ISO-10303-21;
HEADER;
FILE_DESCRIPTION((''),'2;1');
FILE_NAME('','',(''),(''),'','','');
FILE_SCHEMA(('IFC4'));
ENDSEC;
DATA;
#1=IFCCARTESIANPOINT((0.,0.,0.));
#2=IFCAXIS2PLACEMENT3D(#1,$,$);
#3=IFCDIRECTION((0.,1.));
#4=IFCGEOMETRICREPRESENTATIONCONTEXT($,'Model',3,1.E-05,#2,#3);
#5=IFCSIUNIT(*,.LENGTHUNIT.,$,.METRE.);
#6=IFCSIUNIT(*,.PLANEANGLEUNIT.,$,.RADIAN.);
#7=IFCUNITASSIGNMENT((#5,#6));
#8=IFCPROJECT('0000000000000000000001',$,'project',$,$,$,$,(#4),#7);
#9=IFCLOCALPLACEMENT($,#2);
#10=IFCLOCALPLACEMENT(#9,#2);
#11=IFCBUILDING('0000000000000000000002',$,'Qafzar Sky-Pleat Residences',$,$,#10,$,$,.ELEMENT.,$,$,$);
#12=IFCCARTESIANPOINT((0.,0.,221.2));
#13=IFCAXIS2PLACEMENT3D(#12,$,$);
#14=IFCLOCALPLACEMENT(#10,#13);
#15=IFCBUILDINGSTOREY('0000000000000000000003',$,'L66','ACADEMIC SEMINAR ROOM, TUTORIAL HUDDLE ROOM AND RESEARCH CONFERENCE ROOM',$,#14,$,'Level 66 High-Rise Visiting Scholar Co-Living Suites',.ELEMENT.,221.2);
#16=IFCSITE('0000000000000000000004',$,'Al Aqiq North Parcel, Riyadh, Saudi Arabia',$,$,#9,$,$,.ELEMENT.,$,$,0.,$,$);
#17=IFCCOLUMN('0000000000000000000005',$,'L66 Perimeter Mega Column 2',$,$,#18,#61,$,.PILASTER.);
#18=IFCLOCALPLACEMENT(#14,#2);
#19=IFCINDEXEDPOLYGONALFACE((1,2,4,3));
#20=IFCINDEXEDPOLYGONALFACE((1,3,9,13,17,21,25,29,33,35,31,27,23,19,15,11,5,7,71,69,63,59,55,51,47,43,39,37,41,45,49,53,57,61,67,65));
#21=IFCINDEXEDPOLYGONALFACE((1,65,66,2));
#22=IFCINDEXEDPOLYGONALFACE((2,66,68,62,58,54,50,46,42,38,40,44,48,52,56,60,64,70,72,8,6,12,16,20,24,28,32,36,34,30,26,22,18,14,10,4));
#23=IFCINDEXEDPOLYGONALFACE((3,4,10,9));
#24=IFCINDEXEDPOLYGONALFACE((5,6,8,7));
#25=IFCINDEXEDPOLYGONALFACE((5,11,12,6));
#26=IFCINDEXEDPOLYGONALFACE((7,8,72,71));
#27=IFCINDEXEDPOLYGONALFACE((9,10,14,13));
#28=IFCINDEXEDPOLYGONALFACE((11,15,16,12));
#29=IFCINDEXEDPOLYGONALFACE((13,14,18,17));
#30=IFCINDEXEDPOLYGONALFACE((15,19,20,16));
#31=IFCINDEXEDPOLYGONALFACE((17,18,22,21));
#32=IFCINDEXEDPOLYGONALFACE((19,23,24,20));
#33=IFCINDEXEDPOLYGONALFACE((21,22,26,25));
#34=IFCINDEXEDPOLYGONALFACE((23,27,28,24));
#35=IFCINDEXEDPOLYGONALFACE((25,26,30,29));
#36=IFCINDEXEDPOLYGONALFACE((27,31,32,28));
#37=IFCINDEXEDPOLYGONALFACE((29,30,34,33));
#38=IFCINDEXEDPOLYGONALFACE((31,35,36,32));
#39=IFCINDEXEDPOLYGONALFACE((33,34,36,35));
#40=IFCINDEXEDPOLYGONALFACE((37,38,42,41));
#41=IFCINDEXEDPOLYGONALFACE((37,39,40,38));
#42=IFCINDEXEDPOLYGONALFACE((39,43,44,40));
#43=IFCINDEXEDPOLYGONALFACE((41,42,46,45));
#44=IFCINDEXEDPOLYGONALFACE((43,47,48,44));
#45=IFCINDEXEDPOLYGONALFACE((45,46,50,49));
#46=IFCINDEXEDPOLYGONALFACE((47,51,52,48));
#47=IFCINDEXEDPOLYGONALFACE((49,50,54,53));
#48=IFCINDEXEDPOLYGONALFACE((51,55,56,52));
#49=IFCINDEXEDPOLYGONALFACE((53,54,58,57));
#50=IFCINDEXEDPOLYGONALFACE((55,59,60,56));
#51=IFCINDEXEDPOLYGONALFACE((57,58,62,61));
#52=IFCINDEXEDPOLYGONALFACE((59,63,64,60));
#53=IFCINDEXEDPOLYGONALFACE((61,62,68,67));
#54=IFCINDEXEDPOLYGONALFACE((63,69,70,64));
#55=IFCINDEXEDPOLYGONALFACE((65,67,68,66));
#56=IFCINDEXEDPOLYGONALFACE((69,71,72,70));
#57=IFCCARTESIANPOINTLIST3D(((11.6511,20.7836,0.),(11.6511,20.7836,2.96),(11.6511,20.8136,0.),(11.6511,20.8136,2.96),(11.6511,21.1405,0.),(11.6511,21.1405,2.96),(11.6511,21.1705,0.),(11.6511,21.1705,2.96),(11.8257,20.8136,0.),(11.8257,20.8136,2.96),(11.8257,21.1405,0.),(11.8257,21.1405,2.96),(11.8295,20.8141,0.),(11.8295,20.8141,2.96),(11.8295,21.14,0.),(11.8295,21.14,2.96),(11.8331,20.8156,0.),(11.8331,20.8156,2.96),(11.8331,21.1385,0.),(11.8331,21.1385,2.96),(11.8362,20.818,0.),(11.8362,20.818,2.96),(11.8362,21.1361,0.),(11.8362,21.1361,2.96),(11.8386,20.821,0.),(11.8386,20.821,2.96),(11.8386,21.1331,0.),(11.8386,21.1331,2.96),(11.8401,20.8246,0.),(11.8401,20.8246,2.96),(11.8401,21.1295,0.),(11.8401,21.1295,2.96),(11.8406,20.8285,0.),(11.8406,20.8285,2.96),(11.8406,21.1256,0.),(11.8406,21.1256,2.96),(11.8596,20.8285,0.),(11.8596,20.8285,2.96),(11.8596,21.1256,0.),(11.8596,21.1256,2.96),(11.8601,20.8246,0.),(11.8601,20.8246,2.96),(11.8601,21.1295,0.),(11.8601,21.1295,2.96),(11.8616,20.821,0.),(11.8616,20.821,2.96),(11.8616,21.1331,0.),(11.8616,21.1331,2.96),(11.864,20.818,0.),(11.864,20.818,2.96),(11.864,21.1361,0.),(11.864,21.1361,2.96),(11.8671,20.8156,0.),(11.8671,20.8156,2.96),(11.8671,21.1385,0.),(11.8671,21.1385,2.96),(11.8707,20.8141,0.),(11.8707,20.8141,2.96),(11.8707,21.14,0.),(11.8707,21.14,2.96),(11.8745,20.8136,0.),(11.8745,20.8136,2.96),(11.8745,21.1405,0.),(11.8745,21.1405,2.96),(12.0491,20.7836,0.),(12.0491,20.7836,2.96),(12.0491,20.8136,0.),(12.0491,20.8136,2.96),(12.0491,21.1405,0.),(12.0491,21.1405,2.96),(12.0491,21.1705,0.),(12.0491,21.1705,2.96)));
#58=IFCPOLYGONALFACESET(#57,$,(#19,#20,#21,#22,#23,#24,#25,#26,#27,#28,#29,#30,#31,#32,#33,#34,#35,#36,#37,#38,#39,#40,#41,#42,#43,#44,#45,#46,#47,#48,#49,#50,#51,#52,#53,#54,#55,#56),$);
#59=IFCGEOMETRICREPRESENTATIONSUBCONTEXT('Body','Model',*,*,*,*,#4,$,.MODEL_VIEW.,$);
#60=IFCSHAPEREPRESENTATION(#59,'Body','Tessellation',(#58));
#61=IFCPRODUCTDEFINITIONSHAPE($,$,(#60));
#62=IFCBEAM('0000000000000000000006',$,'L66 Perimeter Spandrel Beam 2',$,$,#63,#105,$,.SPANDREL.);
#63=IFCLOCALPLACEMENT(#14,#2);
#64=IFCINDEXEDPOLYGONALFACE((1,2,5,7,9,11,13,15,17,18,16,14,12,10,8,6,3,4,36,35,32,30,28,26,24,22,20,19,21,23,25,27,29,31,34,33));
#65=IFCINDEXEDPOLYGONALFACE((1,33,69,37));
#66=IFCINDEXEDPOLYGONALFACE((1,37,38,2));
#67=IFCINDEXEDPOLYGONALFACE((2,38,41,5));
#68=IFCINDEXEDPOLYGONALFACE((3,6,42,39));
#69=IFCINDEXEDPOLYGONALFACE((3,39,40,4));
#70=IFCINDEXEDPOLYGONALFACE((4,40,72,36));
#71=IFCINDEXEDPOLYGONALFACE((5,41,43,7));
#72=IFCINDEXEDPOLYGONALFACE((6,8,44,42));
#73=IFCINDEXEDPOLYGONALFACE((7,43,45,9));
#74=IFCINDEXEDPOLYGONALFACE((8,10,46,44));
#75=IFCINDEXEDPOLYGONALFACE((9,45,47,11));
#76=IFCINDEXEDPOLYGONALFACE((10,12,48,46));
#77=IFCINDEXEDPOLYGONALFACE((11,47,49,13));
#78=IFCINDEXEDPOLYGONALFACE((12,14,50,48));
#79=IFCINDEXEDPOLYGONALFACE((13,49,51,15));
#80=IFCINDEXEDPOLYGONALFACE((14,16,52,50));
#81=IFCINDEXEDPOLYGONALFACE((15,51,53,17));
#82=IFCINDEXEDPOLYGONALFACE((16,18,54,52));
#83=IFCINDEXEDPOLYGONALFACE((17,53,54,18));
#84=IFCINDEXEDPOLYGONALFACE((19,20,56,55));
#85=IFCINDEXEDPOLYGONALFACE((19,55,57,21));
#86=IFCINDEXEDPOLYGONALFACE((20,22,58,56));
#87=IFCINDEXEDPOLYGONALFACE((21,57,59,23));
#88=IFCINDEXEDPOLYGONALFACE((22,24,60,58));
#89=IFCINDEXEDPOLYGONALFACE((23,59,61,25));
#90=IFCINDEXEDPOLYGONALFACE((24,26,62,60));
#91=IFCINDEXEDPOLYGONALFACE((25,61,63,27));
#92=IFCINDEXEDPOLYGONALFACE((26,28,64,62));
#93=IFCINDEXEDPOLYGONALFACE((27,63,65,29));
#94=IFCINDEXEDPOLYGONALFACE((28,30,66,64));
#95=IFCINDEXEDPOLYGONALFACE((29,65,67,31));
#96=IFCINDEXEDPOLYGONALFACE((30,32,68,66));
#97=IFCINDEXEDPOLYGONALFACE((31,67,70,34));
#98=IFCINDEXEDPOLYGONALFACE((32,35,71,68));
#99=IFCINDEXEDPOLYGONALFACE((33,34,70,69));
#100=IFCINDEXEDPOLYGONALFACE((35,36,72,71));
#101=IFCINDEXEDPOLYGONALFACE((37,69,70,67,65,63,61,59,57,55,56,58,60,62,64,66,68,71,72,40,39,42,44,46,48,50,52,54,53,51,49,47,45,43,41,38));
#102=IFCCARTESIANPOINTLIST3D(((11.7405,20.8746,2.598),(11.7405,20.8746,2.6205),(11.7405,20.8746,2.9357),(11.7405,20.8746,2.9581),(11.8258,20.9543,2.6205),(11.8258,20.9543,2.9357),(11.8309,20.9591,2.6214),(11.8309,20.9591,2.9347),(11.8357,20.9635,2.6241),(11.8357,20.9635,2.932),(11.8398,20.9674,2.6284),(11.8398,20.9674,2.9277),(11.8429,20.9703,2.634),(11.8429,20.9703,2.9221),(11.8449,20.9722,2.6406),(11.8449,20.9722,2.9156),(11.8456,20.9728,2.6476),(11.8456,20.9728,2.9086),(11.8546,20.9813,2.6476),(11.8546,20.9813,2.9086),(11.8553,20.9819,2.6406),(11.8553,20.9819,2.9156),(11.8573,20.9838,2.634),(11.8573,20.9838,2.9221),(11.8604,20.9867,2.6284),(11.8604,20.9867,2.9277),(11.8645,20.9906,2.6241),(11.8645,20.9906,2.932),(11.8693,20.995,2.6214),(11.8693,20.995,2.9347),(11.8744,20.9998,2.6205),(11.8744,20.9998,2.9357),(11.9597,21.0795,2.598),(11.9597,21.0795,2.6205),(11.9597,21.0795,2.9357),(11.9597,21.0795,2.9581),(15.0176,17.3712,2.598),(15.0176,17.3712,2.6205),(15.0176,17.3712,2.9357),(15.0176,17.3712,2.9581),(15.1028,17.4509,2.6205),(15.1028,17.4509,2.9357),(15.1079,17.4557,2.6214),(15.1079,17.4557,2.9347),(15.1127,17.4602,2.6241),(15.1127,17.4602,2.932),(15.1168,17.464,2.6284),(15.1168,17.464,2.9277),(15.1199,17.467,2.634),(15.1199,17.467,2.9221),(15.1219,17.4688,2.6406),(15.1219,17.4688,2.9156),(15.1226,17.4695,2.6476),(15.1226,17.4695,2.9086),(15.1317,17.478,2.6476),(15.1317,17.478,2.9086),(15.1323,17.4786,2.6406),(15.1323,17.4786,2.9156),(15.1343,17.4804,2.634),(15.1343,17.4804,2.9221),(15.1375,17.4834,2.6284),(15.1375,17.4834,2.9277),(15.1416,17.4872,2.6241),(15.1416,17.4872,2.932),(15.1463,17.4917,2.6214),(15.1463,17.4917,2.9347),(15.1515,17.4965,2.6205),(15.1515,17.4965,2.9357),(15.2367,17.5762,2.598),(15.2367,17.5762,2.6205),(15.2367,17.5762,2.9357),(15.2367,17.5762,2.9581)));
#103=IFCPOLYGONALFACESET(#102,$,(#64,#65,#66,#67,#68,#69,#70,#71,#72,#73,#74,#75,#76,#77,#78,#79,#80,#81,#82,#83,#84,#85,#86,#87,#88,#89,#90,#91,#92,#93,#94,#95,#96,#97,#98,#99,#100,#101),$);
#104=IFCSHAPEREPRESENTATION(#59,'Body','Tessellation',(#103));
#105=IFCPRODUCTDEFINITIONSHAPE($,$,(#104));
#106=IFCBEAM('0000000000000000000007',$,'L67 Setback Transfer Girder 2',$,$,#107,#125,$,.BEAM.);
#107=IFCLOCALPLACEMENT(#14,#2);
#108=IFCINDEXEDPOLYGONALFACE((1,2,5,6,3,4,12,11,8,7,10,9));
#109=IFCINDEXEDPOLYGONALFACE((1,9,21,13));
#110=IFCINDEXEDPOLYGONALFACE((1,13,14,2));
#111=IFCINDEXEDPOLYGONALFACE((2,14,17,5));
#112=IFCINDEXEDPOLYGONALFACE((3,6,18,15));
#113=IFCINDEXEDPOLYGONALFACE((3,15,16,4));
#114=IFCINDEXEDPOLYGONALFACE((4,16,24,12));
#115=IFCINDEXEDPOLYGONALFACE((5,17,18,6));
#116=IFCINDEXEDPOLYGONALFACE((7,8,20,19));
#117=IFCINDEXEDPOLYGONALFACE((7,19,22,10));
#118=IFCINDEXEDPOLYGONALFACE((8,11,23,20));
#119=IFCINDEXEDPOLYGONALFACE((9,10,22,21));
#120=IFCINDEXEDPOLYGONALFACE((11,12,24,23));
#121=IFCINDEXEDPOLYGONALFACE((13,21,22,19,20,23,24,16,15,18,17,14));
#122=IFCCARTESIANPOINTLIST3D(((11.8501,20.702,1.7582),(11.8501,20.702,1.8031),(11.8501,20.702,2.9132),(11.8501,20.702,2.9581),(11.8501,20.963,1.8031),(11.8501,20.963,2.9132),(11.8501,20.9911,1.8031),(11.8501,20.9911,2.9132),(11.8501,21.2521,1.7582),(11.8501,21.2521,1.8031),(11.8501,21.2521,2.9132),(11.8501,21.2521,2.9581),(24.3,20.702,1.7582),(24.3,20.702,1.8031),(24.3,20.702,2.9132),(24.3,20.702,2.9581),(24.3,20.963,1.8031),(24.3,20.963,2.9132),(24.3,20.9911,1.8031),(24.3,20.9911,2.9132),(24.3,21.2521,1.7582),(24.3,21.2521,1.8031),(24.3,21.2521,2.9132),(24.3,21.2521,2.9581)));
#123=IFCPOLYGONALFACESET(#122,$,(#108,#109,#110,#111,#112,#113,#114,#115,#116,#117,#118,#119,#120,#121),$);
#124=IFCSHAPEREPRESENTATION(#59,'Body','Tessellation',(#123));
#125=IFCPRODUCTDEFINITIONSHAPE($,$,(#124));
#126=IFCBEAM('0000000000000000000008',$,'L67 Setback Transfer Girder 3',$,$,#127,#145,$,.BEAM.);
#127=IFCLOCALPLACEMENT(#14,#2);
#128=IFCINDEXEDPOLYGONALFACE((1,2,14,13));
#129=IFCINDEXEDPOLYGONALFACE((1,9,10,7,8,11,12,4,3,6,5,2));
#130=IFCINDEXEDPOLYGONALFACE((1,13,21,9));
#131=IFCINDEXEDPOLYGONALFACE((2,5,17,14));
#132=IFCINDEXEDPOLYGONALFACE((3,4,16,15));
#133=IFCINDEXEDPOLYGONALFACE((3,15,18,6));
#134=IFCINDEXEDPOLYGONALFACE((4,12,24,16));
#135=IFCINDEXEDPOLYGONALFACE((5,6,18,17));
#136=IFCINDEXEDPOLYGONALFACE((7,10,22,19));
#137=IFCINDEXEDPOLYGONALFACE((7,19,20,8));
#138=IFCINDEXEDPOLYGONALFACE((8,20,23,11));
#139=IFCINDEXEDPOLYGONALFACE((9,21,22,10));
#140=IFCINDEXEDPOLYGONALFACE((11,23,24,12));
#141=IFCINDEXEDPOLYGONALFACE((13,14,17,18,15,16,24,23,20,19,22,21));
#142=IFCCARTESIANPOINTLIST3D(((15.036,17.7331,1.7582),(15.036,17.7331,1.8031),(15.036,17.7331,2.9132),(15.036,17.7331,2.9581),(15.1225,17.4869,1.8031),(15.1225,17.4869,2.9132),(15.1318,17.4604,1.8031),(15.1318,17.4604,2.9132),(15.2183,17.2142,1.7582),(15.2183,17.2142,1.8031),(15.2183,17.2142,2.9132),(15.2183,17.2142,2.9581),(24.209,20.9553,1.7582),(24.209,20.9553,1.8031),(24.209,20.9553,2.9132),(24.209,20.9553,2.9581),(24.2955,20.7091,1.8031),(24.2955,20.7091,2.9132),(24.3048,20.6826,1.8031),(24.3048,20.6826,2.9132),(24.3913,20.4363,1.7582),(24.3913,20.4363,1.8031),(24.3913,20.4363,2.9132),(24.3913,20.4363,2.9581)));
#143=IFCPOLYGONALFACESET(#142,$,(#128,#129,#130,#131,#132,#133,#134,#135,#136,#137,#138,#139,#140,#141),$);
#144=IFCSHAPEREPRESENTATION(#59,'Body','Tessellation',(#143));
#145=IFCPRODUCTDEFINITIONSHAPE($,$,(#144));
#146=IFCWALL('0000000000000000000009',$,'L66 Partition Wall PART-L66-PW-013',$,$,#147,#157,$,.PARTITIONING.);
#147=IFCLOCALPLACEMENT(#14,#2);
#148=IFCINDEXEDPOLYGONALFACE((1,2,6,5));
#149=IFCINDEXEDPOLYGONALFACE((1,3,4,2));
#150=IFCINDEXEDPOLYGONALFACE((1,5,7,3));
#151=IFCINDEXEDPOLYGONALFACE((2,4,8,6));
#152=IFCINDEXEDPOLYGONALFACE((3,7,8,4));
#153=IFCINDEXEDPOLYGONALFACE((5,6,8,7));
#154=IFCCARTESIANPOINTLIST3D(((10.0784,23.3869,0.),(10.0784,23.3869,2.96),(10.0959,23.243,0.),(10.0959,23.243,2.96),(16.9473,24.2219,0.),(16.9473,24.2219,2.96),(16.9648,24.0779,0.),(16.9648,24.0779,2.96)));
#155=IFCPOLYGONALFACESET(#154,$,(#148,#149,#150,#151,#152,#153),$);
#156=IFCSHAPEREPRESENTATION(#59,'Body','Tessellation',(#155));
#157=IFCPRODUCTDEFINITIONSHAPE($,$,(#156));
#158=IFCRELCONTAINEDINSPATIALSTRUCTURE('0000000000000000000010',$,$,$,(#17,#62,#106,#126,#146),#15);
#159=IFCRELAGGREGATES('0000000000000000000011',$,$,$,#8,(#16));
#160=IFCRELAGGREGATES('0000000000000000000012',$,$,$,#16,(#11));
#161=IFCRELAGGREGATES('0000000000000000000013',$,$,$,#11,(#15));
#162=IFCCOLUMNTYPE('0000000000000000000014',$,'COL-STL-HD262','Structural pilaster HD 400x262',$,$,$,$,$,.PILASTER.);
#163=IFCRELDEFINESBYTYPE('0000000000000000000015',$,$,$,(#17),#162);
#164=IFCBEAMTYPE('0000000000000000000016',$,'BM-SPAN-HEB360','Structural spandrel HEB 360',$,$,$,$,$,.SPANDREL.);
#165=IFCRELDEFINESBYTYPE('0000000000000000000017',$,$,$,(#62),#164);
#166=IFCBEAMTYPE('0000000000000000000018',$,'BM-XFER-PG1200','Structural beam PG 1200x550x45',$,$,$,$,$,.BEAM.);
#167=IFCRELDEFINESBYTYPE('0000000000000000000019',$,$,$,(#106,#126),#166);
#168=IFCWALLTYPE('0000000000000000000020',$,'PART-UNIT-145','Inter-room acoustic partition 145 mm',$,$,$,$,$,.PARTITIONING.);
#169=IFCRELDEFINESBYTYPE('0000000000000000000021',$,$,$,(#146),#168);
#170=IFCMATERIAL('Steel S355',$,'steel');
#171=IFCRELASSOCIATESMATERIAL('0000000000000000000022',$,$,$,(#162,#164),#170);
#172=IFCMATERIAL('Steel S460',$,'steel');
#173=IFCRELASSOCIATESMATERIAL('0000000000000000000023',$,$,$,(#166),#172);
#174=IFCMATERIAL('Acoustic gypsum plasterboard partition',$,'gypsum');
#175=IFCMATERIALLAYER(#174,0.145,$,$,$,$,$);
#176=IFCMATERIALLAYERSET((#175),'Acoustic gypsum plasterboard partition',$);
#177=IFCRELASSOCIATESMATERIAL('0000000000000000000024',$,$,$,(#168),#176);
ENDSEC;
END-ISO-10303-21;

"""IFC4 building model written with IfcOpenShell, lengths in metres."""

from ifc_helpers import new_model, si_unit, direction, frame, frame_2d, origin, origin_2d, place, context, subcontext, project, spatial, rectangle, i_section, extrude, source, transform, mapped, material, layer, layer_set, material_profile, profile_set, type_object, element, save


model = new_model("IFC4")

# Units and contexts
model_context = context("Model", 3, precision=1e-05, world=origin(), true_north=direction((0.0, 1.0)))
body_context = subcontext(model_context, "Body", "Model", "MODEL_VIEW")
ifc_project = project(units=[si_unit("LENGTHUNIT", "METRE"), si_unit("PLANEANGLEUNIT", "RADIAN")], contexts=[model_context])

# Site, building, storey
site_placement = place(None, origin())
site = spatial("IfcSite", under=ifc_project, at=site_placement, Name="Al Aqiq North Parcel, Riyadh, Saudi Arabia", CompositionType="ELEMENT", RefElevation=0.0)
building_placement = place(site_placement, origin())
building = spatial("IfcBuilding", under=site, at=building_placement, Name="Qafzar Sky-Pleat Residences", CompositionType="ELEMENT")
storey_placement = place(building_placement, frame((0.0, 0.0, 221.2)))
storey = spatial("IfcBuildingStorey", under=building, at=storey_placement, Name="L66", Description="ACADEMIC SEMINAR ROOM, TUTORIAL HUDDLE ROOM AND RESEARCH CONFERENCE ROOM", LongName="Level 66 High-Rise Visiting Scholar Co-Living Suites", CompositionType="ELEMENT", Elevation=221.2)

# Column
ifc_material_1 = material(Name="Steel S355", Category="steel")
ifc_material_profile_1 = material_profile(ifc_material_1, i_section(OverallWidth=0.3979, OverallDepth=0.387, WebThickness=0.019, FlangeThickness=0.03, FilletRadius=0.0149, at=origin_2d()), Name="HD 400x262")
ifc_profile_set_1 = profile_set([ifc_material_profile_1], Name="Steel S355")
column_type = type_object("IfcColumnType", Name="COL-STL-HD262", Description="Structural pilaster HD 400x262", PredefinedType="PILASTER", material=ifc_profile_set_1)
shared_shape_1 = source(origin(), body_context, "Body", "SweptSolid", [
    extrude(i_section(OverallWidth=0.3979, OverallDepth=0.387, WebThickness=0.019, FlangeThickness=0.03, FilletRadius=0.0149, at=origin_2d()), origin(), (0.0, 0.0, 1.0), 2.96),
])
column_placement = place(storey_placement, frame((11.8501, 20.9771, 0.0), z_axis=(0.0, 0.0, 1.0), x_axis=(1.0, 0.0, 0.0)))
element("IfcColumn", 1, at=column_placement, inside=storey, type_object=column_type, Name="L66 Perimeter Mega Column 2", PredefinedType="PILASTER", context=body_context, shape_type="MappedRepresentation", body=[
    mapped(shared_shape_1, transform((0.0, 0.0, 0.0), x_axis=(1.0, 0.0, 0.0), y_axis=(0.0, 1.0, 0.0), z_axis=(0.0, 0.0, 1.0), scale=1.0)),
])

# Beams
ifc_material_profile_2 = material_profile(ifc_material_1, i_section(OverallWidth=0.3, OverallDepth=0.3601, WebThickness=0.0125, FlangeThickness=0.0225, FilletRadius=0.0271, at=origin_2d()), Name="HEB 360")
ifc_profile_set_2 = profile_set([ifc_material_profile_2], Name="Steel S355")
beam_type_1 = type_object("IfcBeamType", Name="BM-SPAN-HEB360", Description="Structural spandrel HEB 360", PredefinedType="SPANDREL", material=ifc_profile_set_2)
shared_shape_2 = source(origin(), body_context, "Body", "SweptSolid", [
    extrude(i_section(OverallWidth=0.3, OverallDepth=0.3601, WebThickness=0.0125, FlangeThickness=0.0225, FilletRadius=0.0271, at=origin_2d()), origin(), (0.0, 0.0, 1.0), 4.7971),
])
beam_1_placement = place(storey_placement, frame((11.8501, 20.9771, 2.7781), z_axis=(0.683125, -0.730302, 0.0), x_axis=(0.730302, 0.683125, 0.0)))
element("IfcBeam", 2, at=beam_1_placement, inside=storey, type_object=beam_type_1, Name="L66 Perimeter Spandrel Beam 2", PredefinedType="SPANDREL", context=body_context, shape_type="MappedRepresentation", body=[
    mapped(shared_shape_2, transform((0.0, 0.0, 0.0), x_axis=(1.0, 0.0, 0.0), y_axis=(0.0, 1.0, 0.0), z_axis=(0.0, 0.0, 1.0), scale=1.0)),
])
ifc_material_2 = material(Name="Steel S460", Category="steel")
ifc_material_profile_3 = material_profile(ifc_material_2, i_section(OverallWidth=0.55, OverallDepth=1.2, WebThickness=0.0281, FlangeThickness=0.0449, at=origin_2d()), Name="PG 1200x550x45")
ifc_profile_set_3 = profile_set([ifc_material_profile_3], Name="Steel S460")
beam_type_2 = type_object("IfcBeamType", Name="BM-XFER-PG1200", Description="Structural beam PG 1200x550x45", PredefinedType="BEAM", material=ifc_profile_set_3)
shared_shape_3 = source(origin(), body_context, "Body", "SweptSolid", [
    extrude(i_section(OverallWidth=0.55, OverallDepth=1.2, WebThickness=0.0281, FlangeThickness=0.0449, at=origin_2d()), origin(), (0.0, 0.0, 1.0), 12.45),
])
beam_2_placement = place(storey_placement, frame((11.8501, 20.9771, 2.3582), z_axis=(1.0, 0.0, 0.0), x_axis=(0.0, 1.0, 0.0)))
element("IfcBeam", 3, at=beam_2_placement, inside=storey, type_object=beam_type_2, Name="L67 Setback Transfer Girder 2", PredefinedType="BEAM", context=body_context, shape_type="MappedRepresentation", body=[
    mapped(shared_shape_3, transform((0.0, 0.0, 0.0), x_axis=(1.0, 0.0, 0.0), y_axis=(0.0, 1.0, 0.0), z_axis=(0.0, 0.0, 1.0), scale=1.0)),
])
shared_shape_4 = source(origin(), body_context, "Body", "SweptSolid", [
    extrude(i_section(OverallWidth=0.55, OverallDepth=1.2, WebThickness=0.0281, FlangeThickness=0.0449, at=origin_2d()), origin(), (0.0, 0.0, 1.0), 9.7224),
])
beam_3_placement = place(storey_placement, frame((15.1272, 17.4736, 2.3582), z_axis=(0.943483, 0.33142, 0.0), x_axis=(-0.33142, 0.943483, 0.0)))
element("IfcBeam", 4, at=beam_3_placement, inside=storey, type_object=beam_type_2, Name="L67 Setback Transfer Girder 3", PredefinedType="BEAM", context=body_context, shape_type="MappedRepresentation", body=[
    mapped(shared_shape_4, transform((0.0, 0.0, 0.0), x_axis=(1.0, 0.0, 0.0), y_axis=(0.0, 1.0, 0.0), z_axis=(0.0, 0.0, 1.0), scale=1.0)),
])

# Wall
ifc_material_3 = material(Name="Acoustic gypsum plasterboard partition", Category="gypsum")
ifc_layer_1 = layer(ifc_material_3, 0.145)
ifc_layer_set_1 = layer_set([ifc_layer_1], Name="Acoustic gypsum plasterboard partition")
wall_type_1 = type_object("IfcWallType", Name="PART-UNIT-145", Description="Inter-room acoustic partition 145 mm", PredefinedType="PARTITIONING", material=ifc_layer_set_1)
wall_1_placement = place(storey_placement, frame((10.0872, 23.3149, 0.0), z_axis=(0.0, 0.0, 1.0), x_axis=(0.992693, 0.120669, 0.0)))
element("IfcWall", 5, at=wall_1_placement, inside=storey, type_object=wall_type_1, Name="L66 Partition Wall PART-L66-PW-013", PredefinedType="PARTITIONING", context=body_context, shape_type="SweptSolid", body=[
    extrude(rectangle(XDim=6.9194, YDim=0.145, at=frame_2d((3.4597, 0.0))), origin(), (0.0, 0.0, 1.0), 2.96),
])

save(model, "model.ifc")
